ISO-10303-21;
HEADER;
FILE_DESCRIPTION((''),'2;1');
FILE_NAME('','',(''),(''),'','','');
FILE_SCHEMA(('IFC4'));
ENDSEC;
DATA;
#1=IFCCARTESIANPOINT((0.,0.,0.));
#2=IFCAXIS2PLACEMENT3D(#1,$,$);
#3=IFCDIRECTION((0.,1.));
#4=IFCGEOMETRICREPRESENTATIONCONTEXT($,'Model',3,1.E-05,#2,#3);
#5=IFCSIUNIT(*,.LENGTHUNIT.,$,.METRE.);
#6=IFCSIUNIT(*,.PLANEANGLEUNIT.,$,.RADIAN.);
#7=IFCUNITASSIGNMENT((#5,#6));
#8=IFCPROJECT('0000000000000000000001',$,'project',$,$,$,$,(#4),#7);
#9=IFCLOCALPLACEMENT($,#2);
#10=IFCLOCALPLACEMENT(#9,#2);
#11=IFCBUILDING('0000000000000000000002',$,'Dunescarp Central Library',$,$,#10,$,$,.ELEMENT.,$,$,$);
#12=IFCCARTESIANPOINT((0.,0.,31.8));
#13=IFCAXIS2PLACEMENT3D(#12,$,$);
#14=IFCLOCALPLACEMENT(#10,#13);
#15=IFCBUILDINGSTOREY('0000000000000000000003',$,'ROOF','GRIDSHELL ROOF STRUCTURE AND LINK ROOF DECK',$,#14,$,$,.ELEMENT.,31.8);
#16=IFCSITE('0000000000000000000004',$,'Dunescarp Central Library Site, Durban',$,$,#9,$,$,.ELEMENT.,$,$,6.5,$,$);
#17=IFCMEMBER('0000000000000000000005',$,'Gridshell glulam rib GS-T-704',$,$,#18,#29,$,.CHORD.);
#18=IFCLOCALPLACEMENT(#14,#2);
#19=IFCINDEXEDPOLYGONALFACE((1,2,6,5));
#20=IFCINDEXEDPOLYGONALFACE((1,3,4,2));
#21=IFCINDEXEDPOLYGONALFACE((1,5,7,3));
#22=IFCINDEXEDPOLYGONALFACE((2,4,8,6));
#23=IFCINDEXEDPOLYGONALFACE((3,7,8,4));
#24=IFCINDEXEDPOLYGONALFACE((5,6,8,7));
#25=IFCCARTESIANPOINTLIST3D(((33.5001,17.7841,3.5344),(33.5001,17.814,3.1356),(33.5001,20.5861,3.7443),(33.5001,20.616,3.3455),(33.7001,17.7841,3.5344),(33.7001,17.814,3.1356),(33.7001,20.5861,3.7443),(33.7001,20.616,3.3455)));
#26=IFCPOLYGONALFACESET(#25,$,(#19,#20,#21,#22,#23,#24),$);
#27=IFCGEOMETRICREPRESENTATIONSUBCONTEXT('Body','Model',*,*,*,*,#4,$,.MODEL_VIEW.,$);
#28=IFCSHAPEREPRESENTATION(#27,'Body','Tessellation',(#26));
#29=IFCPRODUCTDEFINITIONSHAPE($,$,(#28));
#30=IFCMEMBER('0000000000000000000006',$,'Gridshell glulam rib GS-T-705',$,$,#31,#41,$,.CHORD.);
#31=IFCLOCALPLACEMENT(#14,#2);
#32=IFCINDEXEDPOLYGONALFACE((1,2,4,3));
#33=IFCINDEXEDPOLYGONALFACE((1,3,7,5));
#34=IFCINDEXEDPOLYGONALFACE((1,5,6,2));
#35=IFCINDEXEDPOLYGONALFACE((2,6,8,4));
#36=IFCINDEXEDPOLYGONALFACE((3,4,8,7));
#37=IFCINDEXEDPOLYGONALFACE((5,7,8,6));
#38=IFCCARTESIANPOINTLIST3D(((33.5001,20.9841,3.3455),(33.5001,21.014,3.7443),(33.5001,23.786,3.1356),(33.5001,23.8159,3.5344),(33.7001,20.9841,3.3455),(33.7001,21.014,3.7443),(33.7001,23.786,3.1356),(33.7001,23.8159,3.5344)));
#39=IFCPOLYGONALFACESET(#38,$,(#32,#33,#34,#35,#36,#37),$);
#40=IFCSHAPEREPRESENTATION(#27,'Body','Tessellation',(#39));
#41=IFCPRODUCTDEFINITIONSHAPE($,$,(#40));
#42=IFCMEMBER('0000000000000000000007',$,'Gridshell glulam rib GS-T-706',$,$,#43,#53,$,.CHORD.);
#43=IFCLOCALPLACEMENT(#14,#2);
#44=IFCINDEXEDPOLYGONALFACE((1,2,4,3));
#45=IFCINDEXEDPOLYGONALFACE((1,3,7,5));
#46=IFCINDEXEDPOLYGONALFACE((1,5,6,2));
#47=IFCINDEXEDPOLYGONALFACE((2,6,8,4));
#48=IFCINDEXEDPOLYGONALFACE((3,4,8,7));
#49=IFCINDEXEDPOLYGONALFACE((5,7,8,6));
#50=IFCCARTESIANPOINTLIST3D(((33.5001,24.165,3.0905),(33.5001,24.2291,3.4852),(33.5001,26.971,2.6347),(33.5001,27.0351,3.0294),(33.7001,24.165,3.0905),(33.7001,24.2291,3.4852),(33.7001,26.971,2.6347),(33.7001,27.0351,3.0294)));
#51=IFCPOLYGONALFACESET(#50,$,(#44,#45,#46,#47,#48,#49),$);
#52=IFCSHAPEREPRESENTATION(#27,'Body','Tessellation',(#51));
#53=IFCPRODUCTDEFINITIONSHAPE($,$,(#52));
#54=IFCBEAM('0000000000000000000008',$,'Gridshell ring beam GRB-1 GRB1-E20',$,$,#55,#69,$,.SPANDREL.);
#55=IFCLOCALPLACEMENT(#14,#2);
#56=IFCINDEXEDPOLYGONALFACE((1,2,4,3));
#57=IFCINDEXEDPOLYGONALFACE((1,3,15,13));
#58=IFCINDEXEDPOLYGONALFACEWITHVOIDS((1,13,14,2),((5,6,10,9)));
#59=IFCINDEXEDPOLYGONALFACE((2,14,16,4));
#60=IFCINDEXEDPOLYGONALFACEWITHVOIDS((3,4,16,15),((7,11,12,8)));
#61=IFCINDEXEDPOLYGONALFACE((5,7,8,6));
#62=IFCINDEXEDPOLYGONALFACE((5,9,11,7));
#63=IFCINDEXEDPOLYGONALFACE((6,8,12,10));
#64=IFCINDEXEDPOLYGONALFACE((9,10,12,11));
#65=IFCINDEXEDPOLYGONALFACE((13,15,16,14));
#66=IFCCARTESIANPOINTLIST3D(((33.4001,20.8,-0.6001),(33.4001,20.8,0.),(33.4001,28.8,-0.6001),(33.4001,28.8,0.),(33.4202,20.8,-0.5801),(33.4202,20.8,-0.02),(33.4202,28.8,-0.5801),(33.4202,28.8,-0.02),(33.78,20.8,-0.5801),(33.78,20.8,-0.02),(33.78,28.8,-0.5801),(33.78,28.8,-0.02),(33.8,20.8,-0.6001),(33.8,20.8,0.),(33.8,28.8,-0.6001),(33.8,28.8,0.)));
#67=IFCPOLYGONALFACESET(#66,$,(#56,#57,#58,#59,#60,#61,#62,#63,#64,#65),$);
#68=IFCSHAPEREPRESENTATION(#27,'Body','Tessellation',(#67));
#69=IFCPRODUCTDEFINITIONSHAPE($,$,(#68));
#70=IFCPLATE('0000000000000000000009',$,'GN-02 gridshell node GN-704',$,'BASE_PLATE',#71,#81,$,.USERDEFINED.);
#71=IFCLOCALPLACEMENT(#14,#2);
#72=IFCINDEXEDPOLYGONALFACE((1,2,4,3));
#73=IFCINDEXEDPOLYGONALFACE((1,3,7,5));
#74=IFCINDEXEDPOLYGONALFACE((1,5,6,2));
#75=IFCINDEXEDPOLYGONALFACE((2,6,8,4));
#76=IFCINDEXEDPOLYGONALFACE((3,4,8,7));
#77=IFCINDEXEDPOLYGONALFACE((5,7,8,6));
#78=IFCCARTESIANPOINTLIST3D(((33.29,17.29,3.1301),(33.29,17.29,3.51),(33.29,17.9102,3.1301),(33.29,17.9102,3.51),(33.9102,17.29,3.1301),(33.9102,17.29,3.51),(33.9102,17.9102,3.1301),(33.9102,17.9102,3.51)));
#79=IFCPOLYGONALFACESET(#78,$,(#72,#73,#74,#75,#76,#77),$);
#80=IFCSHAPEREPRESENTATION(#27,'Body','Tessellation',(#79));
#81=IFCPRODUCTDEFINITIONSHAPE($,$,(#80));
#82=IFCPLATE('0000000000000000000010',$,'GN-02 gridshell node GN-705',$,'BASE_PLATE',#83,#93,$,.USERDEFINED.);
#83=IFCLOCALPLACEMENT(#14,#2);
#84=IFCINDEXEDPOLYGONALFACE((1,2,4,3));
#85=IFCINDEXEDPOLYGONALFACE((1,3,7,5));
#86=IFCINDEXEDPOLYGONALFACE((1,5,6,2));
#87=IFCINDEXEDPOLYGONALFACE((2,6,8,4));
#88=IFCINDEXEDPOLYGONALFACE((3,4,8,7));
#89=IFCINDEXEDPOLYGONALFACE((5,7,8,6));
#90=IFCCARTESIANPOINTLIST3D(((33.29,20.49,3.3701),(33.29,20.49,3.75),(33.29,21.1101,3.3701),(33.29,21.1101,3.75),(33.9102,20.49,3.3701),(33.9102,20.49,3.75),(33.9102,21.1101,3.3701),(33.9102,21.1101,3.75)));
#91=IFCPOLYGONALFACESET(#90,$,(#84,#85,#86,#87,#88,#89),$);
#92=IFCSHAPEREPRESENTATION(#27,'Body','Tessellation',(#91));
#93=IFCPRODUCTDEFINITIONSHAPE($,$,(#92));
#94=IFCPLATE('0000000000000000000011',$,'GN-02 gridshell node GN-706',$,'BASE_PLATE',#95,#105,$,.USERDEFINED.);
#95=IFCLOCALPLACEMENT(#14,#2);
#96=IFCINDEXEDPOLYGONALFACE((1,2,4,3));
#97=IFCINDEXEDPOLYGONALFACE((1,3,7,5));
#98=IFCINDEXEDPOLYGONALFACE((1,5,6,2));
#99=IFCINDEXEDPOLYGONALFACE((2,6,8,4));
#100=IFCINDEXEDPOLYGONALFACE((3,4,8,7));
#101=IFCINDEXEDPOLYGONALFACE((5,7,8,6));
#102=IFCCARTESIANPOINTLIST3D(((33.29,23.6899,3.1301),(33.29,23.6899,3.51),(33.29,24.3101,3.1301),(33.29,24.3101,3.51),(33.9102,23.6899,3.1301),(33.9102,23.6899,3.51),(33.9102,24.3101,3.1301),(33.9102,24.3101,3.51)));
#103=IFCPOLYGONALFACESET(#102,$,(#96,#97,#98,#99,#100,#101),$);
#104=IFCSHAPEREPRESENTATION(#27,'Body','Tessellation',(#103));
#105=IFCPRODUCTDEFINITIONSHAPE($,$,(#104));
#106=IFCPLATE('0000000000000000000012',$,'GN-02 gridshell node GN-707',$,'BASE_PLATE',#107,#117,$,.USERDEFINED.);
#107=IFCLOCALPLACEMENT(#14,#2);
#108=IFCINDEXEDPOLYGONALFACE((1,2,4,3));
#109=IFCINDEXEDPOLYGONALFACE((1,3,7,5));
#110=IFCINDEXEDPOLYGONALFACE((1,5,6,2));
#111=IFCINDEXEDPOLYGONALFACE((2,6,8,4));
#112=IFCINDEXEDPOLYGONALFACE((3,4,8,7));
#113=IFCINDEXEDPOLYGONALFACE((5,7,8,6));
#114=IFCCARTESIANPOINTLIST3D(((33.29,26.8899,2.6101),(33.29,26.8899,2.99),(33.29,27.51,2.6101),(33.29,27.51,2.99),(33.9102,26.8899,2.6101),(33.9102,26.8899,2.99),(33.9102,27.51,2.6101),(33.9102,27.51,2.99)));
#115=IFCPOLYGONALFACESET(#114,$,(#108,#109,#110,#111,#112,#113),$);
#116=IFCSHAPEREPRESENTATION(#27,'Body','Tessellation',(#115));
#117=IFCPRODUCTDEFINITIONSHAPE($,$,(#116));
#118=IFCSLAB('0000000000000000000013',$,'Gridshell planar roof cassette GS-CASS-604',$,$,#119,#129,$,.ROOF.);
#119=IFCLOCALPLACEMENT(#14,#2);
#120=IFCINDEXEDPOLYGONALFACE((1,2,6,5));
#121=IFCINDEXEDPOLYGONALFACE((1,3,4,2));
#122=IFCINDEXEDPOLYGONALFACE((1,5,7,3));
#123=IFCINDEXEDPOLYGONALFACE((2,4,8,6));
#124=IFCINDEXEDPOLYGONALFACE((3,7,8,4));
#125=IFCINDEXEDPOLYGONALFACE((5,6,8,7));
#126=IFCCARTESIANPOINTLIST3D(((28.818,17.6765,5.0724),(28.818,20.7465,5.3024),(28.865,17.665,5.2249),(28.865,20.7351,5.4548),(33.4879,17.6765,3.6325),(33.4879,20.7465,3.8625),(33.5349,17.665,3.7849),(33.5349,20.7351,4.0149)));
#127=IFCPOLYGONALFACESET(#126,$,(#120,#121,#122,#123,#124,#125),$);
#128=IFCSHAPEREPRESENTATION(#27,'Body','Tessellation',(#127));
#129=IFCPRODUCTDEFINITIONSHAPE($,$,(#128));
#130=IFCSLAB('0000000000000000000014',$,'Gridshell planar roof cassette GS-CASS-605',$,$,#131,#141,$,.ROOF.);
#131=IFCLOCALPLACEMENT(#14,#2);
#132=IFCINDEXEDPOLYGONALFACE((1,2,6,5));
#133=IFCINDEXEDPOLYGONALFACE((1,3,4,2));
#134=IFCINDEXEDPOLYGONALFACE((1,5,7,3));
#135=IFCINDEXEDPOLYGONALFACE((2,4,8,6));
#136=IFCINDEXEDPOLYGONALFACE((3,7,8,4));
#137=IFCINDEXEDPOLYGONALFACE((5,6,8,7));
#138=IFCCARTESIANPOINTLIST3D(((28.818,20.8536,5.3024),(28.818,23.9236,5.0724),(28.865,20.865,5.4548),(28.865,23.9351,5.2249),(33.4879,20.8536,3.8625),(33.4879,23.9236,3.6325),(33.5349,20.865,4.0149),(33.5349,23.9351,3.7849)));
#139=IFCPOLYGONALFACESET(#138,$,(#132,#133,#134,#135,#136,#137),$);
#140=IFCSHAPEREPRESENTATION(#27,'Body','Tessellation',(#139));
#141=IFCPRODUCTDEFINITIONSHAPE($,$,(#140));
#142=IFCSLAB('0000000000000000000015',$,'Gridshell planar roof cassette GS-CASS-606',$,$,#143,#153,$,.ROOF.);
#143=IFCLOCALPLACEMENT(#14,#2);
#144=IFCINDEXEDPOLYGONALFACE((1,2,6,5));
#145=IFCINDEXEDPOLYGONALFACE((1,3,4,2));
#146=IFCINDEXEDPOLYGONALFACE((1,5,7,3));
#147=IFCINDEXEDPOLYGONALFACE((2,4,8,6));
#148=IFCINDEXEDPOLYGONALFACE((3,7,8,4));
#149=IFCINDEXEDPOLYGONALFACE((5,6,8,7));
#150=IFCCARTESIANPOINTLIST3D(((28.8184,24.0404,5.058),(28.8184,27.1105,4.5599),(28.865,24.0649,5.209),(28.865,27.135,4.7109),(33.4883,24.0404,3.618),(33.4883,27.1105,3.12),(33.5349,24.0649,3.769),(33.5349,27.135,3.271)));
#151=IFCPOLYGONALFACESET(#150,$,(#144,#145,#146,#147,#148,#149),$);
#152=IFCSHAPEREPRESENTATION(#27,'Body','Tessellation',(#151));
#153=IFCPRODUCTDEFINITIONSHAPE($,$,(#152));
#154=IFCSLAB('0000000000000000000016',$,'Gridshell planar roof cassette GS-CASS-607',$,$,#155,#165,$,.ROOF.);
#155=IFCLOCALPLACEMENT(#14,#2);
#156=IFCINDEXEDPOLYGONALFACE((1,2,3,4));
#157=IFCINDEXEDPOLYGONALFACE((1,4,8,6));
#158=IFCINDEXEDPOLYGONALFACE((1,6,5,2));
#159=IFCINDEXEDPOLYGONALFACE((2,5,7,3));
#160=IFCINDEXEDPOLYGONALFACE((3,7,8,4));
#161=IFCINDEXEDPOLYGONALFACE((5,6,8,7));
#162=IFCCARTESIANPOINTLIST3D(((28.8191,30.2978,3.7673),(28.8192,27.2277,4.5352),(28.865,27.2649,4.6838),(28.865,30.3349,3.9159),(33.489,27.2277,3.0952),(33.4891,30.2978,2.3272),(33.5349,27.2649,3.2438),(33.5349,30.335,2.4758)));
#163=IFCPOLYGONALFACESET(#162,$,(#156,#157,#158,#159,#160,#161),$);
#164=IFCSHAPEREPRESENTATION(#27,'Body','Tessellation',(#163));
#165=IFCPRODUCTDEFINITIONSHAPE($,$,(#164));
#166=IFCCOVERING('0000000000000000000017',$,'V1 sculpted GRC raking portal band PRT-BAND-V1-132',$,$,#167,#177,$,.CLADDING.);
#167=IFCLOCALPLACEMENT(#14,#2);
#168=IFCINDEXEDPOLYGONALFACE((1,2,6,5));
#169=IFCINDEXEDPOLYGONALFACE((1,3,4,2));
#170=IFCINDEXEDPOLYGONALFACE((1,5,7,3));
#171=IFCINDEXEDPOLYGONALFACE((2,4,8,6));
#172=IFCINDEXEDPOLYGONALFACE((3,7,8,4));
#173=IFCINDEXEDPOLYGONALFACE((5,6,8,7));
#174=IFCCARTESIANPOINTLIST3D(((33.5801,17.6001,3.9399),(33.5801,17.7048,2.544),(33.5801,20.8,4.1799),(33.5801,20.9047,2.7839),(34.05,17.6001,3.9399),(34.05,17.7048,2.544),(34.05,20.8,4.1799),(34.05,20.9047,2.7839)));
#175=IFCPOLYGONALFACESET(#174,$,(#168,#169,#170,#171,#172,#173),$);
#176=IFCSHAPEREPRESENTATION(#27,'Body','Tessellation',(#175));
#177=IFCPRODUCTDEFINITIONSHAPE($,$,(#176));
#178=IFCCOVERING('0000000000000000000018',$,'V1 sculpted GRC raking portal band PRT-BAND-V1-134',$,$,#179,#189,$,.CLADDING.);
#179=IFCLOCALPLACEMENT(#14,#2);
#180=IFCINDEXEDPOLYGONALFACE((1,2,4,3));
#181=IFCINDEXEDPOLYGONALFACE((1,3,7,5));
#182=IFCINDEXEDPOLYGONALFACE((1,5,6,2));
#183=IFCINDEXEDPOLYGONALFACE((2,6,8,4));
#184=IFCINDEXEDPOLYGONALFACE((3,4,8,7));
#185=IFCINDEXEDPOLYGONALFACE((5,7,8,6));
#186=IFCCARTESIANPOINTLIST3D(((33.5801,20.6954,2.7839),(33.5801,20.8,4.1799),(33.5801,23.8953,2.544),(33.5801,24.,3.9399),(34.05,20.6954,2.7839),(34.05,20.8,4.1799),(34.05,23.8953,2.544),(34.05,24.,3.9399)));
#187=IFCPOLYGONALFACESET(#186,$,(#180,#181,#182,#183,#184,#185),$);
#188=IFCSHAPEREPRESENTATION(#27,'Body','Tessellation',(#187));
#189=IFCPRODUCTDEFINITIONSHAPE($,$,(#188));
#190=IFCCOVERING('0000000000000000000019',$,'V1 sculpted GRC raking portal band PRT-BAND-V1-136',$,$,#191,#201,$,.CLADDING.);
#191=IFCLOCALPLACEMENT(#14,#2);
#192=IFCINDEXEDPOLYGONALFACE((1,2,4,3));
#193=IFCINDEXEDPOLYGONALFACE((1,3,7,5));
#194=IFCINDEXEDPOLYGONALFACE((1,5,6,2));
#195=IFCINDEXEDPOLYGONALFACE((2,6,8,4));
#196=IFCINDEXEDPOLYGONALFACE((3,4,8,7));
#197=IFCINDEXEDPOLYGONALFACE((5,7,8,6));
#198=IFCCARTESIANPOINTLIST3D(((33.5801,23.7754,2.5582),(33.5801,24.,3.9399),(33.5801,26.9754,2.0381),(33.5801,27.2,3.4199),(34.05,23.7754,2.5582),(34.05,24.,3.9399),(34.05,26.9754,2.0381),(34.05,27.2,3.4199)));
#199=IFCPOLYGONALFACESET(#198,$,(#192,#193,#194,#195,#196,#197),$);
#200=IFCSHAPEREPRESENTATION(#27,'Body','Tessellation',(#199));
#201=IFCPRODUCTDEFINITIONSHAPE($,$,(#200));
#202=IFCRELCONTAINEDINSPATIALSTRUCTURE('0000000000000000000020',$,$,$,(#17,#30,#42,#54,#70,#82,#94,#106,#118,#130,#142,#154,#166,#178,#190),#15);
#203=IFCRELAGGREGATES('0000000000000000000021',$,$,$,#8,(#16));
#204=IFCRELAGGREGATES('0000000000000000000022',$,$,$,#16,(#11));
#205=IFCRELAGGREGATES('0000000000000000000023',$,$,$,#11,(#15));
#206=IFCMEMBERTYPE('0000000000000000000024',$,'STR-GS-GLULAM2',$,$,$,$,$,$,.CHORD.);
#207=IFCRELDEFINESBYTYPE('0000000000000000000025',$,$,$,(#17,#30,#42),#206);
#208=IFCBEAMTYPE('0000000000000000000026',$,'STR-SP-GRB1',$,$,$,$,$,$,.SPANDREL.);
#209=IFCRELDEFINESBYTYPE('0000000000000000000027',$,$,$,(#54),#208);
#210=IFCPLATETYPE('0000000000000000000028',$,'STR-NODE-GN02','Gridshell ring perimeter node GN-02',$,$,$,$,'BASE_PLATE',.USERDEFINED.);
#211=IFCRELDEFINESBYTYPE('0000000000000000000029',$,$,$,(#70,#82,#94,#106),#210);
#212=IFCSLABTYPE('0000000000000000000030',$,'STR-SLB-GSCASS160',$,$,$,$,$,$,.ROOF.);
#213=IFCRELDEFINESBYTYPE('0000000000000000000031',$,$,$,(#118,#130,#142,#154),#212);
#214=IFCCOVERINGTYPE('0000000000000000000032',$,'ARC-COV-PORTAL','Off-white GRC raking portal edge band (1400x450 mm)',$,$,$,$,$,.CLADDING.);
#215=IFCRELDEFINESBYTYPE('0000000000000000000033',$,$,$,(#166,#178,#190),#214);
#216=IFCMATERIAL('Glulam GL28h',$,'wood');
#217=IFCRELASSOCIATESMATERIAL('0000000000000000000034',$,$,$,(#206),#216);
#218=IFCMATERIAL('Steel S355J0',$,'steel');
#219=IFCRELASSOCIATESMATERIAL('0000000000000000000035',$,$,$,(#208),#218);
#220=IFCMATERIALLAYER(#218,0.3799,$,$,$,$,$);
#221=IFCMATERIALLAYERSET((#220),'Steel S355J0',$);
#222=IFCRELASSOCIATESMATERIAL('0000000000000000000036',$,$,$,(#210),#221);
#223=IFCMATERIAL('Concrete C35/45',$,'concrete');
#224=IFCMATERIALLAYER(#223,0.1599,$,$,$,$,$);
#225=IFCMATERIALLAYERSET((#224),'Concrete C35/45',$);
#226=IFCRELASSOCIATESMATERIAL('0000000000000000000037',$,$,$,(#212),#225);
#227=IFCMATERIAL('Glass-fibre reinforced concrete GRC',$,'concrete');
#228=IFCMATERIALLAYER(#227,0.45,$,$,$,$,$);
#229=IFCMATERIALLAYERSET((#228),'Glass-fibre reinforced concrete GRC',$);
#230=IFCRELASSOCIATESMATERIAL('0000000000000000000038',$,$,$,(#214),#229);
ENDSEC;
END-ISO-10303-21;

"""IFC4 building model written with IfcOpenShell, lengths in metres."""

from ifc_helpers import new_model, si_unit, direction, frame, origin, origin_2d, place, context, subcontext, project, spatial, polyline, rectangle, hollow_rectangle, outline, extrude, material, layer, layer_set, material_profile, profile_set, type_object, element, save


model = new_model("IFC4")

# Units and contexts
model_context = context("Model", 3, precision=1e-05, world=origin(), true_north=direction((0.0, 1.0)))
body_context = subcontext(model_context, "Body", "Model", "MODEL_VIEW")
ifc_project = project(units=[si_unit("LENGTHUNIT", "METRE"), si_unit("PLANEANGLEUNIT", "RADIAN")], contexts=[model_context])

# Site, building, storey
site_placement = place(None, origin())
site = spatial("IfcSite", under=ifc_project, at=site_placement, Name="Dunescarp Central Library Site, Durban", CompositionType="ELEMENT", RefElevation=6.5)
building_placement = place(site_placement, origin())
building = spatial("IfcBuilding", under=site, at=building_placement, Name="Dunescarp Central Library", CompositionType="ELEMENT")
storey_placement = place(building_placement, frame((0.0, 0.0, 31.8)))
storey = spatial("IfcBuildingStorey", under=building, at=storey_placement, Name="ROOF", Description="GRIDSHELL ROOF STRUCTURE AND LINK ROOF DECK", CompositionType="ELEMENT", Elevation=31.8)

# Members
ifc_material_1 = material(Name="Steel S355J0", Category="steel")
ifc_material_2 = material(Name="Glulam GL28h", Category="wood")
ifc_material_profile_1 = material_profile(ifc_material_2, rectangle(XDim=0.2, YDim=0.3999, at=origin_2d()), Name="GL28h 200x400")
ifc_profile_set_1 = profile_set([ifc_material_profile_1], Name="Glulam GL28h")
member_type_1 = type_object("IfcMemberType", Name="STR-GS-GLULAM2", PredefinedType="CHORD", material=ifc_profile_set_1)
for number, where, z_axis, x_axis, name in (
    (1, (33.6001, 17.7991, 3.335), (0.0, 0.997204, 0.074723), (-1.0, 0.0, 0.0), "Gridshell glulam rib GS-T-704"),
    (2, (33.6001, 20.999, 3.5449), (0.0, 0.997204, -0.074723), (-1.0, 0.0, 0.0), "Gridshell glulam rib GS-T-705"),
):
    element("IfcMember", number, at=place(storey_placement, frame(where, z_axis=z_axis, x_axis=x_axis)), inside=storey, type_object=member_type_1, Name=name, PredefinedType="CHORD", context=body_context, shape_type="SweptSolid", body=[
        extrude(rectangle(XDim=0.2, YDim=0.3999, at=origin_2d()), origin(), (0.0, 0.0, 1.0), 2.8098),
    ])
member_1_placement = place(storey_placement, frame((33.6001, 24.197, 3.2878), z_axis=(0.0, 0.987061, -0.160345), x_axis=(-1.0, 0.0, 0.0)))
element("IfcMember", 3, at=member_1_placement, inside=storey, type_object=member_type_1, Name="Gridshell glulam rib GS-T-706", PredefinedType="CHORD", context=body_context, shape_type="SweptSolid", body=[
    extrude(rectangle(XDim=0.2, YDim=0.3999, at=origin_2d()), origin(), (0.0, 0.0, 1.0), 2.8428),
])

# Beam
ifc_material_profile_2 = material_profile(ifc_material_1, hollow_rectangle(XDim=0.3999, YDim=0.6001, WallThickness=0.02, at=origin_2d()), Name="RHS 600x400x20")
ifc_profile_set_2 = profile_set([ifc_material_profile_2], Name="Steel S355J0")
beam_type = type_object("IfcBeamType", Name="STR-SP-GRB1", PredefinedType="SPANDREL", material=ifc_profile_set_2)
beam_placement = place(storey_placement, frame((33.6001, 20.8, -0.3), z_axis=(0.0, 1.0, 0.0), x_axis=(-1.0, 0.0, 0.0)))
element("IfcBeam", 4, at=beam_placement, inside=storey, type_object=beam_type, Name="Gridshell ring beam GRB-1 GRB1-E20", PredefinedType="SPANDREL", context=body_context, shape_type="SweptSolid", body=[
    extrude(hollow_rectangle(XDim=0.3999, YDim=0.6001, WallThickness=0.02, at=origin_2d()), origin(), (0.0, 0.0, 1.0), 8.0),
])

# Plates
ifc_layer_1 = layer(ifc_material_1, 0.3799)
ifc_layer_set_1 = layer_set([ifc_layer_1], Name="Steel S355J0")
plate_type = type_object("IfcPlateType", Name="STR-NODE-GN02", Description="Gridshell ring perimeter node GN-02", ElementType="BASE_PLATE", PredefinedType="USERDEFINED", material=ifc_layer_set_1)
for number, where, z_axis, x_axis, name in (
    (5, (33.6001, 17.6001, 3.1301), (0.0, 0.0, 1.0), (1.0, 0.0, 0.0), "GN-02 gridshell node GN-704"),
    (6, (33.6001, 20.8, 3.3701), (0.0, 0.0, 1.0), (1.0, 0.0, 0.0), "GN-02 gridshell node GN-705"),
    (7, (33.6001, 24.0, 3.1301), (0.0, 0.0, 1.0), (1.0, 0.0, 0.0), "GN-02 gridshell node GN-706"),
    (8, (33.6001, 27.2, 2.6101), (0.0, 0.0, 1.0), (1.0, 0.0, 0.0), "GN-02 gridshell node GN-707"),
):
    element("IfcPlate", number, at=place(storey_placement, frame(where, z_axis=z_axis, x_axis=x_axis)), inside=storey, type_object=plate_type, Name=name, ObjectType="BASE_PLATE", PredefinedType="USERDEFINED", context=body_context, shape_type="SweptSolid", body=[
        extrude(rectangle(XDim=0.6201, YDim=0.6201, at=origin_2d()), origin(), (0.0, 0.0, 1.0), 0.3799),
    ])

# Slabs
ifc_material_3 = material(Name="Concrete C35/45", Category="concrete")
ifc_layer_2 = layer(ifc_material_3, 0.1599)
ifc_layer_set_2 = layer_set([ifc_layer_2], Name="Concrete C35/45")
slab_type = type_object("IfcSlabType", Name="STR-SLB-GSCASS160", PredefinedType="ROOF", material=ifc_layer_set_2)
slab_1_placement = place(storey_placement, frame((28.865, 17.665, 5.2249), z_axis=(0.293902, -0.071402, 0.953165), x_axis=(0.955604, 0.0, -0.294655)))
element("IfcSlab", 9, at=slab_1_placement, inside=storey, type_object=slab_type, Name="Gridshell planar roof cassette GS-CASS-604", PredefinedType="ROOF", context=body_context, shape_type="SweptSolid", body=[
    extrude(outline(polyline([(0.0, 0.0), (4.8869, 0.0), (4.8191, 3.0779), (-0.0678, 3.0779), (0.0, 0.0)])), origin(), (0.0, 0.0, -1.0), 0.1599),
])
slab_2_placement = place(storey_placement, frame((28.865, 20.865, 5.4548), z_axis=(0.293902, 0.071402, 0.953165), x_axis=(0.955604, 0.0, -0.294655)))
element("IfcSlab", 10, at=slab_2_placement, inside=storey, type_object=slab_type, Name="Gridshell planar roof cassette GS-CASS-605", PredefinedType="ROOF", context=body_context, shape_type="SweptSolid", body=[
    extrude(outline(polyline([(0.0, 0.0), (4.8869, 0.0), (4.9546, 3.0779), (0.0678, 3.0779), (0.0, 0.0)])), origin(), (0.0, 0.0, -1.0), 0.1599),
])
slab_3_placement = place(storey_placement, frame((28.865, 24.0649, 5.209), z_axis=(0.291176, 0.153195, 0.944324), x_axis=(0.955604, 0.0, -0.294655)))
element("IfcSlab", 11, at=slab_3_placement, inside=storey, type_object=slab_type, Name="Gridshell planar roof cassette GS-CASS-606", PredefinedType="ROOF", context=body_context, shape_type="SweptSolid", body=[
    extrude(outline(polyline([(0.0, 0.0), (4.8869, 0.0), (5.0336, 3.1067), (0.1468, 3.1067), (0.0, 0.0)])), origin(), (0.0, 0.0, -1.0), 0.1599),
])
slab_4_placement = place(storey_placement, frame((28.865, 27.2649, 4.6838), z_axis=(0.286603, 0.232483, 0.929414), x_axis=(0.955597, -0.000005, -0.294676)))
element("IfcSlab", 12, at=slab_4_placement, inside=storey, type_object=slab_type, Name="Gridshell planar roof cassette GS-CASS-607", PredefinedType="ROOF", context=body_context, shape_type="SweptSolid", body=[
    extrude(outline(polyline([(0.0, 0.0), (4.8869, 0.0), (5.1132, 3.1566), (0.2262, 3.1565), (0.0, 0.0)])), origin(), (0.0, 0.0, -1.0), 0.1599),
])

# Coverings
ifc_material_4 = material(Name="Glass-fibre reinforced concrete GRC", Category="concrete")
ifc_layer_3 = layer(ifc_material_4, 0.45)
ifc_layer_set_3 = layer_set([ifc_layer_3], Name="Glass-fibre reinforced concrete GRC")
covering_type = type_object("IfcCoveringType", Name="ARC-COV-PORTAL", Description="Off-white GRC raking portal edge band (1400x450 mm)", PredefinedType="CLADDING", material=ifc_layer_set_3)
for number, where, z_axis, x_axis, name in (
    (13, (33.5801, 17.6001, 3.9399), (0.0, -0.074788, 0.997199), (1.0, 0.0, 0.0), "V1 sculpted GRC raking portal band PRT-BAND-V1-132"),
    (14, (33.5801, 20.8, 4.1799), (0.0, 0.074788, 0.997199), (1.0, 0.0, 0.0), "V1 sculpted GRC raking portal band PRT-BAND-V1-134"),
):
    element("IfcCovering", number, at=place(storey_placement, frame(where, z_axis=z_axis, x_axis=x_axis)), inside=storey, type_object=covering_type, Name=name, PredefinedType="CLADDING", context=body_context, shape_type="SweptSolid", body=[
        extrude(outline(polyline([(0.0, 0.0), (0.47, 0.0), (0.47, 3.2089), (0.0, 3.2089), (0.0, 0.0)])), origin(), (0.0, 0.0, -1.0), 1.3999),
    ])
covering_1_placement = place(storey_placement, frame((33.5801, 24.0, 3.9399), z_axis=(0.0, 0.160404, 0.987051), x_axis=(1.0, 0.0, 0.0)))
element("IfcCovering", 15, at=covering_1_placement, inside=storey, type_object=covering_type, Name="V1 sculpted GRC raking portal band PRT-BAND-V1-136", PredefinedType="CLADDING", context=body_context, shape_type="SweptSolid", body=[
    extrude(outline(polyline([(0.0, 0.0), (0.47, 0.0), (0.47, 3.2419), (0.0, 3.2419), (0.0, 0.0)])), origin(), (0.0, 0.0, -1.0), 1.3999),
])

save(model, "model.ifc")
